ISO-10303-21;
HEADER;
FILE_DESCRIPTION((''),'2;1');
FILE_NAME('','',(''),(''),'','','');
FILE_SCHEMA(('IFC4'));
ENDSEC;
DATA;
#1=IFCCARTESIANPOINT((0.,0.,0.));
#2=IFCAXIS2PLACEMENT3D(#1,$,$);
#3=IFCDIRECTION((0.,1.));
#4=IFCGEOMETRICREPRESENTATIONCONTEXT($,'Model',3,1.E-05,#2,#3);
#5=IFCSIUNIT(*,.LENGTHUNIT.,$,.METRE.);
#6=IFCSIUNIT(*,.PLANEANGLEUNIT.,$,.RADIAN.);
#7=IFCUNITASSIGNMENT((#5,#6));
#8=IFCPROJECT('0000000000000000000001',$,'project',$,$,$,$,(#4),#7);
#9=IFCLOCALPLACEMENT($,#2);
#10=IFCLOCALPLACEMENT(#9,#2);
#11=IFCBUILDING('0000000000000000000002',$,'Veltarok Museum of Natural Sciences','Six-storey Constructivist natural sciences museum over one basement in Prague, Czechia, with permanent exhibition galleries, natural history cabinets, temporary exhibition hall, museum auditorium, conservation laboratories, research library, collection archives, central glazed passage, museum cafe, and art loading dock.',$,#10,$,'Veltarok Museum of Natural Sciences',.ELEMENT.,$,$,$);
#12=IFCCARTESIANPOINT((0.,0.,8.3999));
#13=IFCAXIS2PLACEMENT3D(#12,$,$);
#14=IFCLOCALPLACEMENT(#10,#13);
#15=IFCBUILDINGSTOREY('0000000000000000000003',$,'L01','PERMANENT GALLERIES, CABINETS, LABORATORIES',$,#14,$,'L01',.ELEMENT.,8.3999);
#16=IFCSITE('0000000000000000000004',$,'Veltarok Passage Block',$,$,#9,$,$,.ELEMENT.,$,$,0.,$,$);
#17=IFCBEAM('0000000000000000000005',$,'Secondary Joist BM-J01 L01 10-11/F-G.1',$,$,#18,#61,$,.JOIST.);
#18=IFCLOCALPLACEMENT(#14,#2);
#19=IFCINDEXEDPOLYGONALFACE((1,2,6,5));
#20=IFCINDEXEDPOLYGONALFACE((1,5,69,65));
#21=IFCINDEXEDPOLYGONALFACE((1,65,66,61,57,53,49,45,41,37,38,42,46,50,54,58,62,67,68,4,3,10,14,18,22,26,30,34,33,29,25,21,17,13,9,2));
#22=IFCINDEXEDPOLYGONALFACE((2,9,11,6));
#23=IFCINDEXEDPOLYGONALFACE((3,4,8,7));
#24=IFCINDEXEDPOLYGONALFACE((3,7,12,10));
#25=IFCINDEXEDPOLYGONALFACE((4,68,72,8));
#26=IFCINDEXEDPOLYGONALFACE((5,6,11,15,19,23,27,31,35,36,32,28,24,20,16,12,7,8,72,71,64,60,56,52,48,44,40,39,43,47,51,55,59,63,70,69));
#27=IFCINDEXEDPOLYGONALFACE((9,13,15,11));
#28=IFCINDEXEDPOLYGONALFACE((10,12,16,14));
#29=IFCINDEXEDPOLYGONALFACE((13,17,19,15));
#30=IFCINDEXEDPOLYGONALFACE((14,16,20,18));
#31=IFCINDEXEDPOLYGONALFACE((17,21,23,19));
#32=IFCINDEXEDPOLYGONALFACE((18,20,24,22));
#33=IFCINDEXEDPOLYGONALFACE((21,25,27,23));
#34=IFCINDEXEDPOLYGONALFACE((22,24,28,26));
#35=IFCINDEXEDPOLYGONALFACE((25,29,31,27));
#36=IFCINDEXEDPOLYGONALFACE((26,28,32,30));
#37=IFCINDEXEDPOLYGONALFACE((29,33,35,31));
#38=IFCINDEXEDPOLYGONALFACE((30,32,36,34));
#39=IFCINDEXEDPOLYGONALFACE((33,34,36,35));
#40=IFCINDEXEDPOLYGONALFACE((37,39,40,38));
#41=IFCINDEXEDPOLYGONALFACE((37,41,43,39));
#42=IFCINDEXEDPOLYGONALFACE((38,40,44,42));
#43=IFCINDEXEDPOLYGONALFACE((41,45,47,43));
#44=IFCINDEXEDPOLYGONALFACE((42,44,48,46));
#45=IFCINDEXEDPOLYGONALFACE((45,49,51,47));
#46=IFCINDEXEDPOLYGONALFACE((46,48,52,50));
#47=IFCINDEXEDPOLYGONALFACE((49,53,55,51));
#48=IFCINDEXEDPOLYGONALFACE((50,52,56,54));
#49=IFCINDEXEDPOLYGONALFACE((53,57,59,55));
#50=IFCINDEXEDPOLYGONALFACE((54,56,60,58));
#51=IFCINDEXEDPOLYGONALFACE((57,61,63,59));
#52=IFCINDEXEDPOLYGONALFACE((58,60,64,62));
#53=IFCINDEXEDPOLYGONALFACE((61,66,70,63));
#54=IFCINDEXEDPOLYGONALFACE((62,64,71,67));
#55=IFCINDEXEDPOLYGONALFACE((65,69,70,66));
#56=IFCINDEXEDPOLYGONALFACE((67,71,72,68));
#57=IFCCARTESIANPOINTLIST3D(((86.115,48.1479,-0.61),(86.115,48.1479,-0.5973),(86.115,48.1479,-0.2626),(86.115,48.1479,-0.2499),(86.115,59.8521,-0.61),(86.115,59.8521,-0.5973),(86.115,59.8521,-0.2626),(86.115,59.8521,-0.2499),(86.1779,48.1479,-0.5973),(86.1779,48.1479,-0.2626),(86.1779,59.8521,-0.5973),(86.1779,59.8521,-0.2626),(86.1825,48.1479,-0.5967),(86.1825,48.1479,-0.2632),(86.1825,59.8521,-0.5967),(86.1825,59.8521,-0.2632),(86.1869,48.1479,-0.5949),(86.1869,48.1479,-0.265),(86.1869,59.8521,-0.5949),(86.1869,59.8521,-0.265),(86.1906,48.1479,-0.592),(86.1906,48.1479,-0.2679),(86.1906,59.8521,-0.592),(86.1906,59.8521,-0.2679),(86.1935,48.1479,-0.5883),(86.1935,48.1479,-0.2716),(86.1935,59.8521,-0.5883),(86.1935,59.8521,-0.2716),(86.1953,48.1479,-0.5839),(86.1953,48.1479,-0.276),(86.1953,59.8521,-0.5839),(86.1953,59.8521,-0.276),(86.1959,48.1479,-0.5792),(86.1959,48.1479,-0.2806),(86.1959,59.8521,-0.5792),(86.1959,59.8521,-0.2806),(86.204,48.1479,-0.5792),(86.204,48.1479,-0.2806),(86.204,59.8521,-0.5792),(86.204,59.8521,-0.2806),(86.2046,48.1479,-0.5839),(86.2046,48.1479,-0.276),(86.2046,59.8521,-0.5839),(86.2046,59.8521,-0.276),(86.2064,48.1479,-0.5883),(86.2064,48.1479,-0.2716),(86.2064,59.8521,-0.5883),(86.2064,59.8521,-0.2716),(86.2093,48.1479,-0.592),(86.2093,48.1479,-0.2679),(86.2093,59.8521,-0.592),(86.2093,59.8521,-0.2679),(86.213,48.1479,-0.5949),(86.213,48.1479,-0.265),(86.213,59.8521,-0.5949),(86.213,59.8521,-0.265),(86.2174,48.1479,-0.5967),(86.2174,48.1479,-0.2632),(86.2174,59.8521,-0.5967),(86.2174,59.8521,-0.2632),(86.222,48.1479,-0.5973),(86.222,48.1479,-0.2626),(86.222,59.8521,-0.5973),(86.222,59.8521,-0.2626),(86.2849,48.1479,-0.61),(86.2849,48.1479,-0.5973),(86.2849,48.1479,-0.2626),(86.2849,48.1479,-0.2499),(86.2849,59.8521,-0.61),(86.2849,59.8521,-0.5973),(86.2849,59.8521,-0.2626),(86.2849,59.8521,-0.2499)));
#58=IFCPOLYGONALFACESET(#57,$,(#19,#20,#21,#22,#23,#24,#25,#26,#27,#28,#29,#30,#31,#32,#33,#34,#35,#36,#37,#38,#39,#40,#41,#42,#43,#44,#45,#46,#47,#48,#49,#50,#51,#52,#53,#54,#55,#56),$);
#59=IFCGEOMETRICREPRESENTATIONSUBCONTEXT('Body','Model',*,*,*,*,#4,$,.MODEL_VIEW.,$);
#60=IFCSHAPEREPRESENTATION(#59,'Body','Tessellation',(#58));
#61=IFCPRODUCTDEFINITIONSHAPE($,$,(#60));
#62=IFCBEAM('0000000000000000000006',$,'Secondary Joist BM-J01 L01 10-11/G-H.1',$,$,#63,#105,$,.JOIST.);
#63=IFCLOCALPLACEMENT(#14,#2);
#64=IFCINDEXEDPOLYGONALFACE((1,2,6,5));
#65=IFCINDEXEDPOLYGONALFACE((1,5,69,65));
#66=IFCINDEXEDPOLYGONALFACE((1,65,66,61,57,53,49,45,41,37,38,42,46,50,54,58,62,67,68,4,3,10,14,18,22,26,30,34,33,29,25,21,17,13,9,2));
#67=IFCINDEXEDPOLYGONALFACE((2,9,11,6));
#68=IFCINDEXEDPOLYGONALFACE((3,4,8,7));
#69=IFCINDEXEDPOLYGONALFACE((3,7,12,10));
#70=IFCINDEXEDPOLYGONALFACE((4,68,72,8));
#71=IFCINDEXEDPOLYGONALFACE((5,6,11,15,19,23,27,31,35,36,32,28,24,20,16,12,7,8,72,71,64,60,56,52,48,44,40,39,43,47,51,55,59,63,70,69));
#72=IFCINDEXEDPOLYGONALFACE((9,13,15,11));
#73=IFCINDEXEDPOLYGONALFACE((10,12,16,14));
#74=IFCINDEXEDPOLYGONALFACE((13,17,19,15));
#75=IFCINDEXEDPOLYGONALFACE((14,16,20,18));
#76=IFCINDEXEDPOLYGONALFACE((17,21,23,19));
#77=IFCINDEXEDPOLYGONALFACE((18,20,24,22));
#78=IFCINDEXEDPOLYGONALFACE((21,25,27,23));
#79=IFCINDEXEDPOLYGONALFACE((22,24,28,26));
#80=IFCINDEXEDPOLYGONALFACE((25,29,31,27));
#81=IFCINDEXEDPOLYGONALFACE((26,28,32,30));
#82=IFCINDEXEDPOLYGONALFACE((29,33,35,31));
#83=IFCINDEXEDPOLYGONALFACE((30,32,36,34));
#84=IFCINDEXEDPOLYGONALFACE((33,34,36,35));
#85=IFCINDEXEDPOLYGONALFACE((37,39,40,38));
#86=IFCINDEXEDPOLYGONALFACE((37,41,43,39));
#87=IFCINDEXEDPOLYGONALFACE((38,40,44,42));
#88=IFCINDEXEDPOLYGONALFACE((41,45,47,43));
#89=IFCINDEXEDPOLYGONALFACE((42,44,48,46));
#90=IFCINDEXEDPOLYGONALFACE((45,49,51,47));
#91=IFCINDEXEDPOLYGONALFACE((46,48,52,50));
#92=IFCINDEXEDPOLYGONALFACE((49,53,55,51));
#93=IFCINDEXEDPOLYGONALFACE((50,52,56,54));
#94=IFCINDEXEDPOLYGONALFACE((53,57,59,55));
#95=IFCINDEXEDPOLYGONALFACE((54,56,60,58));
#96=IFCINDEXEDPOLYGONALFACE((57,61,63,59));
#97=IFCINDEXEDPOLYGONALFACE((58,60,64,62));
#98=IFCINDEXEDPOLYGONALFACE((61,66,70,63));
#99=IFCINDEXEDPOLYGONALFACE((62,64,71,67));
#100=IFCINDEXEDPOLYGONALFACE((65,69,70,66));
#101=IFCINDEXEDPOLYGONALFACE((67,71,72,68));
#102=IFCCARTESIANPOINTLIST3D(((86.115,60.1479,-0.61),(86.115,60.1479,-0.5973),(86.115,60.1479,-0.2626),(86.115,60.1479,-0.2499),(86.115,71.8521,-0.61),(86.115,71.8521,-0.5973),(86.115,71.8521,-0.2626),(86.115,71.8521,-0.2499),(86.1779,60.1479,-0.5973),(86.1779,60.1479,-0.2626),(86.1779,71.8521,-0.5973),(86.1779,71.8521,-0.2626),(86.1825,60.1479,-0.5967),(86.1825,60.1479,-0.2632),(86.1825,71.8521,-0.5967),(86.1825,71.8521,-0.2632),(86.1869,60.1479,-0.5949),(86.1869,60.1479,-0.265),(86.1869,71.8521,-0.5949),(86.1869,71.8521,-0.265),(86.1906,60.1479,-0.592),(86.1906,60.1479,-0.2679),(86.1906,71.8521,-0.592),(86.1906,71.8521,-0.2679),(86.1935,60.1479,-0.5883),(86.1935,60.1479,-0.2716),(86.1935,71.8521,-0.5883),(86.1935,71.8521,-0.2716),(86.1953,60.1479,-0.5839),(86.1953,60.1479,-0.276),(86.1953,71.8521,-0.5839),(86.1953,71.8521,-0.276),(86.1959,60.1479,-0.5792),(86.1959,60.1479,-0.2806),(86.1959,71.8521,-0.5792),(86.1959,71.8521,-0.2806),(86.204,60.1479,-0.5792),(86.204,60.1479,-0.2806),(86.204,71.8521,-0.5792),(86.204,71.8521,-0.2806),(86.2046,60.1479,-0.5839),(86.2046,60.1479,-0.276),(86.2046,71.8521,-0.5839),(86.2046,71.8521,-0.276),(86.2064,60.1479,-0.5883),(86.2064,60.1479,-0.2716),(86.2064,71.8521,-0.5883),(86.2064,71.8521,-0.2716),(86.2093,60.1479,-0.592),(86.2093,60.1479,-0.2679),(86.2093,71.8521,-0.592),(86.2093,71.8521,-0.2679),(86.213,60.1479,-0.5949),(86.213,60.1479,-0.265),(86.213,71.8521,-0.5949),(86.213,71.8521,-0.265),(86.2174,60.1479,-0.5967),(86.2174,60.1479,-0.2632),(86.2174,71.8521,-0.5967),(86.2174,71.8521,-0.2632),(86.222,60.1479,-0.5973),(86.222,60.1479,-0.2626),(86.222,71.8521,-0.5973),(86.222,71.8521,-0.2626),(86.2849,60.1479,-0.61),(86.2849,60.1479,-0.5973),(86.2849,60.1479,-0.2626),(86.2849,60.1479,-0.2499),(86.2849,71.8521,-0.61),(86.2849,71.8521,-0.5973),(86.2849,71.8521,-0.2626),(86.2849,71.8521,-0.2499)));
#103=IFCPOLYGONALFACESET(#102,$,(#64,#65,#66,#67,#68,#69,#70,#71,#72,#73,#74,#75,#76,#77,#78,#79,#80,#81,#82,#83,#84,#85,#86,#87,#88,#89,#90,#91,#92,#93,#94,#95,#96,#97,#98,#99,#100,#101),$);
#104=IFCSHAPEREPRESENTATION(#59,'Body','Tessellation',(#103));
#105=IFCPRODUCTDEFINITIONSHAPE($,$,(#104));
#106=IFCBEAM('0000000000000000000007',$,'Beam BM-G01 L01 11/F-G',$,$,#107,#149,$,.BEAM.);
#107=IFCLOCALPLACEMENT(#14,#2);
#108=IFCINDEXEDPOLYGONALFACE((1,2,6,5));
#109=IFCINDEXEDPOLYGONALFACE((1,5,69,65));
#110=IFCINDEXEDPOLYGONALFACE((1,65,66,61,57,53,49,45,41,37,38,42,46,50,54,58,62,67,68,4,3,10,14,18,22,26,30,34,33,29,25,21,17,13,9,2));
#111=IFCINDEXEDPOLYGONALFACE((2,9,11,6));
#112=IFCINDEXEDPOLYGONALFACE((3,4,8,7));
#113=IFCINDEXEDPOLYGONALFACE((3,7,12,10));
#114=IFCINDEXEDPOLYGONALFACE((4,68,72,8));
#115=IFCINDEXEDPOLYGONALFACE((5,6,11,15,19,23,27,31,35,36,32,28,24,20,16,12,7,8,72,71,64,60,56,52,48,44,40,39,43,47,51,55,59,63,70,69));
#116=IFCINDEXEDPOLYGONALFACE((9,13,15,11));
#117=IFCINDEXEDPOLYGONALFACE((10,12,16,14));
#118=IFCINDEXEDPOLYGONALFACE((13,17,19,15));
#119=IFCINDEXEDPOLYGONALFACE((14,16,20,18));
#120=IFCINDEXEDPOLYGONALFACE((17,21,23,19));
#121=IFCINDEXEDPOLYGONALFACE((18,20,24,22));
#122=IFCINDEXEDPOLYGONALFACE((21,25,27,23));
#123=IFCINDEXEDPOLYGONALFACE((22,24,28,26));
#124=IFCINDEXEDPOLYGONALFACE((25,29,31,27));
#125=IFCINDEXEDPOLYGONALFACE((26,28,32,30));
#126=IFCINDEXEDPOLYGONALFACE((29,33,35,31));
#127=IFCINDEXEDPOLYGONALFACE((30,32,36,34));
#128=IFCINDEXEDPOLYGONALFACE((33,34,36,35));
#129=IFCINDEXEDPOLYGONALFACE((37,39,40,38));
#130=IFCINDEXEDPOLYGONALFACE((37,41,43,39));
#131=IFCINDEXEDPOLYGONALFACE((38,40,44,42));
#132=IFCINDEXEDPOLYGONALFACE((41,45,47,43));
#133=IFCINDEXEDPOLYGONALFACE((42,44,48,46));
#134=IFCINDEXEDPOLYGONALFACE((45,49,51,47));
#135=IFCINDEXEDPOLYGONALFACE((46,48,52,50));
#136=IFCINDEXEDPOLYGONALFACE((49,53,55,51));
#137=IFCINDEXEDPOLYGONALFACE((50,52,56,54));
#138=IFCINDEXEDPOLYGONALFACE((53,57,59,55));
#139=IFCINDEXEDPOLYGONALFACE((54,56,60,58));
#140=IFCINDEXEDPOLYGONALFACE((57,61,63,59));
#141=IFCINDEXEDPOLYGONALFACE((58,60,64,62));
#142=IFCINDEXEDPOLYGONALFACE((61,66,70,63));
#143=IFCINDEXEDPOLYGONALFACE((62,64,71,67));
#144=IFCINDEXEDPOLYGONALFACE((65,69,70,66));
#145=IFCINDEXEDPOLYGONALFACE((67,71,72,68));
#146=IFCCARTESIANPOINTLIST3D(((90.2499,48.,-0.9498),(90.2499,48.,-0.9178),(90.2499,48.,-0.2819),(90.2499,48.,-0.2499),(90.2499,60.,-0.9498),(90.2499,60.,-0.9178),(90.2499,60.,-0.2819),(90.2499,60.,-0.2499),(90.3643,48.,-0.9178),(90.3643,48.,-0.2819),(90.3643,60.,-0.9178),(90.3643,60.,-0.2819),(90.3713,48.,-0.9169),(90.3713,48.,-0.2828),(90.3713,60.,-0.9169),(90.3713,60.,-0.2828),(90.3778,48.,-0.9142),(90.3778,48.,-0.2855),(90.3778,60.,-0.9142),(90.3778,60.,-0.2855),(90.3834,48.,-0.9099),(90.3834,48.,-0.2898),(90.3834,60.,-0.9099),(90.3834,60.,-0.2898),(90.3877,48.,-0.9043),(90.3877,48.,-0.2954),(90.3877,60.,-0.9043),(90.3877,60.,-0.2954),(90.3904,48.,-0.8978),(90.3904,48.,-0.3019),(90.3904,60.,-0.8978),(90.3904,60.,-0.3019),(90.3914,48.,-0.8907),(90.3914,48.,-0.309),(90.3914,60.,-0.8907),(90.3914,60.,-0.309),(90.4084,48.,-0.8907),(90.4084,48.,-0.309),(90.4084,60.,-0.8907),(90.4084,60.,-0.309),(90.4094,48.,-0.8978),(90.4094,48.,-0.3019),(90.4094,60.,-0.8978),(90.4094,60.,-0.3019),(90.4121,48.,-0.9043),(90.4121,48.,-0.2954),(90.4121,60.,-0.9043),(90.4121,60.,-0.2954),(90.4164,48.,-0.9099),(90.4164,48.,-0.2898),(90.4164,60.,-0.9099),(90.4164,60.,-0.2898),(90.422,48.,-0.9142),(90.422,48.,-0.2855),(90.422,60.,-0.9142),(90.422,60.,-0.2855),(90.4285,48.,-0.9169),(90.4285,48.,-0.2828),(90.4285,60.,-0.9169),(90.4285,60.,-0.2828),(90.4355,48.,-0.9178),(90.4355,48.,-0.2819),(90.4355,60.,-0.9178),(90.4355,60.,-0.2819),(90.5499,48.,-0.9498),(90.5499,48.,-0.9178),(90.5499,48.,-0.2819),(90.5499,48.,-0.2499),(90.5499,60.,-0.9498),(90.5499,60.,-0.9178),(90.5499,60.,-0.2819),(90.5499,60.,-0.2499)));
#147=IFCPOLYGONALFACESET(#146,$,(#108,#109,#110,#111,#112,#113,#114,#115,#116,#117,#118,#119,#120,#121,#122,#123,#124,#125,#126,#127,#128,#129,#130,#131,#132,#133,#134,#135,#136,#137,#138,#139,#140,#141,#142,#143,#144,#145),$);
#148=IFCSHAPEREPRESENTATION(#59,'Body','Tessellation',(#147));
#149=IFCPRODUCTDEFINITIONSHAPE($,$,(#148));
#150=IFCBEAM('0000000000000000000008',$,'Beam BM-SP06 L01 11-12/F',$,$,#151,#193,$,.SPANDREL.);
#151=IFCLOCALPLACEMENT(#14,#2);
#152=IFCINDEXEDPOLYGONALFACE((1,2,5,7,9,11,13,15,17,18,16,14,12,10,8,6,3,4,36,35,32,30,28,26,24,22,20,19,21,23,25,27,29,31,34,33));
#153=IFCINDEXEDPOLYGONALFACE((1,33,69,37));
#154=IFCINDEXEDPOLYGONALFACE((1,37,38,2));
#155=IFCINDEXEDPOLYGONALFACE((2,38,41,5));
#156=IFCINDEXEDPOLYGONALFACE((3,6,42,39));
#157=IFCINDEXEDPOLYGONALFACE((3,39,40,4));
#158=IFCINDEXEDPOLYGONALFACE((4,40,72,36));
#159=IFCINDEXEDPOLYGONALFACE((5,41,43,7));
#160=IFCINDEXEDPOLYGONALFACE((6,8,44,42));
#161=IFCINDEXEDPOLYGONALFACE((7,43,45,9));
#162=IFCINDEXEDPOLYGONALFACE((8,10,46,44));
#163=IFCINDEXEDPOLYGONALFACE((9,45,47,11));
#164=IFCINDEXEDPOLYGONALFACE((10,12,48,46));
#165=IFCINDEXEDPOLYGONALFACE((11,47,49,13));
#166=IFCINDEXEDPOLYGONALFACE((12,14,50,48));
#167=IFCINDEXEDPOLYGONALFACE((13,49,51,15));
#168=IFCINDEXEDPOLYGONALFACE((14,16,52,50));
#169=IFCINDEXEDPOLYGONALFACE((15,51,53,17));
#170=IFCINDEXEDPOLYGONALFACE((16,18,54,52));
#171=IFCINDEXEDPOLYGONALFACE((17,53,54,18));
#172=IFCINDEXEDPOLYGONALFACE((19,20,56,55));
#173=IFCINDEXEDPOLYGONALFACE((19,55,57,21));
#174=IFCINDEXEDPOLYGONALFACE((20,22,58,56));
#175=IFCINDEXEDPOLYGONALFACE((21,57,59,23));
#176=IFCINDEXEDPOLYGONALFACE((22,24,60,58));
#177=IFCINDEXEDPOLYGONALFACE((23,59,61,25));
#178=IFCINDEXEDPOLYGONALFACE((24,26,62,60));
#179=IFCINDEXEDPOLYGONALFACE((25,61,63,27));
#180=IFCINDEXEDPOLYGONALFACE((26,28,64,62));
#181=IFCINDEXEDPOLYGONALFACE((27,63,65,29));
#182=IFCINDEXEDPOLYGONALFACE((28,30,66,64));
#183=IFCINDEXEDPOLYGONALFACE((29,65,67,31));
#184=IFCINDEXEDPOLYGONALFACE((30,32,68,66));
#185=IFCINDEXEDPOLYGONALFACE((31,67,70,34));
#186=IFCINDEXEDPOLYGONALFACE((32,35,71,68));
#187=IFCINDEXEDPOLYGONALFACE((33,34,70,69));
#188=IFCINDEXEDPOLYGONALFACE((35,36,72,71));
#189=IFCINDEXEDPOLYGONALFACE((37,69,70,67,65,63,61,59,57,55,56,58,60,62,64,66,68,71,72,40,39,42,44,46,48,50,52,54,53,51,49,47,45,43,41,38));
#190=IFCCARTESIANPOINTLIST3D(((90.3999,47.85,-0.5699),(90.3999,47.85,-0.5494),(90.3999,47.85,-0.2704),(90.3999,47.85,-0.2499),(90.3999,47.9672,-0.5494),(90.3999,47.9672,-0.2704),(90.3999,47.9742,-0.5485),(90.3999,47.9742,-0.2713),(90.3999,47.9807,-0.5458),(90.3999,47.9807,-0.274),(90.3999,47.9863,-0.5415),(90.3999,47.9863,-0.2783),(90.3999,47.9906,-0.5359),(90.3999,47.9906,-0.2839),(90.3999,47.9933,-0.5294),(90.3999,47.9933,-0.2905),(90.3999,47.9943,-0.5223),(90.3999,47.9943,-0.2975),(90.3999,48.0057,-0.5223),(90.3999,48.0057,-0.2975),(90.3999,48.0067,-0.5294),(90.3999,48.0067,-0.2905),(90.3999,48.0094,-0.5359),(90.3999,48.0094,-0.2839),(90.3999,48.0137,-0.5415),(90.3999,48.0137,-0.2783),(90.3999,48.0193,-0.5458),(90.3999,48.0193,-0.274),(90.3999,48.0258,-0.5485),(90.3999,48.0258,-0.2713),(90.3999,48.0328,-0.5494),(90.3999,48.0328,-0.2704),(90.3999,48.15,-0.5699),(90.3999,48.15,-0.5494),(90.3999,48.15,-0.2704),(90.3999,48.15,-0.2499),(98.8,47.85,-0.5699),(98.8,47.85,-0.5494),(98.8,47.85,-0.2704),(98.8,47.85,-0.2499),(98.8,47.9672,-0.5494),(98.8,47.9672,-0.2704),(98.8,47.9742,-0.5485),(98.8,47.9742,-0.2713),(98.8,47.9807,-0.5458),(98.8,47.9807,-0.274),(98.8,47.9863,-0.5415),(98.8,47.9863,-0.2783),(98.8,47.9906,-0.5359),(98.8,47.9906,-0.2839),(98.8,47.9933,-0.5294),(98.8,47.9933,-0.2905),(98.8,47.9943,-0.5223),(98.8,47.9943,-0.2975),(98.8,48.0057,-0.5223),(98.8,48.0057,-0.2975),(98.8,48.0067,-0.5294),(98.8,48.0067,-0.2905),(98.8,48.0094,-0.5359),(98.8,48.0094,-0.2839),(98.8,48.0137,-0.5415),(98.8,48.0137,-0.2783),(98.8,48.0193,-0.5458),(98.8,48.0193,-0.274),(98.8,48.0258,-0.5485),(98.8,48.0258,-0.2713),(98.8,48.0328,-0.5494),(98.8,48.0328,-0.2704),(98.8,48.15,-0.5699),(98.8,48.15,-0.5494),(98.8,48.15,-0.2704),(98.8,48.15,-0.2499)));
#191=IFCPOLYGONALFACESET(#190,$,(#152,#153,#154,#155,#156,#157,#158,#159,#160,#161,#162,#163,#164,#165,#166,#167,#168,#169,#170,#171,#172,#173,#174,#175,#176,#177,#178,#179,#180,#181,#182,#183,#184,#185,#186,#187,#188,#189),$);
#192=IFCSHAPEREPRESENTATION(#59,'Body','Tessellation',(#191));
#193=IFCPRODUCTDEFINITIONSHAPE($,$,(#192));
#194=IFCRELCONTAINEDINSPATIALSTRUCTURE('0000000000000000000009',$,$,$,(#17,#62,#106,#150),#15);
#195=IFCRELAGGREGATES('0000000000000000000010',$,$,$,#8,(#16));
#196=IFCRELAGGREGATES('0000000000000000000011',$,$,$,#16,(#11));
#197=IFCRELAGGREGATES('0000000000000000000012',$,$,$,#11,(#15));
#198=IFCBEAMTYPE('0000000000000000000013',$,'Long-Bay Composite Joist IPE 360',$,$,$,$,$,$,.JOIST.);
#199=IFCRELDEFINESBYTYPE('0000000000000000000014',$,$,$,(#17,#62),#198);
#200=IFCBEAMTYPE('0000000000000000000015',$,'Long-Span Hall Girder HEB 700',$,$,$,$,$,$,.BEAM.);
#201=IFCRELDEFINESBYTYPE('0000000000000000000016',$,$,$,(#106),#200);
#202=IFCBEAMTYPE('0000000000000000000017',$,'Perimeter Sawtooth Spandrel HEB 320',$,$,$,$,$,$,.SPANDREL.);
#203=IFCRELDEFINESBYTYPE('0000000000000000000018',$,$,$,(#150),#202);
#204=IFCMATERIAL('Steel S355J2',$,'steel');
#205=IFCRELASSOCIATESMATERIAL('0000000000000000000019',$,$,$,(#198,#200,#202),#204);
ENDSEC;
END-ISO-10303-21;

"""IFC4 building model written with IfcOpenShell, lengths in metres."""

from ifc_helpers import new_model, si_unit, direction, frame, origin, origin_2d, place, context, subcontext, project, spatial, i_section, extrude, material, material_profile, profile_set, type_object, element, save


model = new_model("IFC4")

# Units and contexts
model_context = context("Model", 3, precision=1e-05, world=origin(), true_north=direction((0.0, 1.0)))
body_context = subcontext(model_context, "Body", "Model", "MODEL_VIEW")
ifc_project = project(units=[si_unit("LENGTHUNIT", "METRE"), si_unit("PLANEANGLEUNIT", "RADIAN")], contexts=[model_context])

# Site, building, storey
site_placement = place(None, origin())
site = spatial("IfcSite", under=ifc_project, at=site_placement, Name="Veltarok Passage Block", CompositionType="ELEMENT", RefElevation=0.0)
building_placement = place(site_placement, origin())
building = spatial("IfcBuilding", under=site, at=building_placement, Name="Veltarok Museum of Natural Sciences", Description="Six-storey Constructivist natural sciences museum over one basement in Prague, Czechia, with permanent exhibition galleries, natural history cabinets, temporary exhibition hall, museum auditorium, conservation laboratories, research library, collection archives, central glazed passage, museum cafe, and art loading dock.", LongName="Veltarok Museum of Natural Sciences", CompositionType="ELEMENT")
storey_placement = place(building_placement, frame((0.0, 0.0, 8.3999)))
storey = spatial("IfcBuildingStorey", under=building, at=storey_placement, Name="L01", Description="PERMANENT GALLERIES, CABINETS, LABORATORIES", LongName="L01", CompositionType="ELEMENT", Elevation=8.3999)

# Shared definitions
ifc_material_1 = material(Name="Steel S355J2", Category="steel")

# Beams
ifc_material_profile_1 = material_profile(ifc_material_1, i_section(OverallWidth=0.1699, OverallDepth=0.3601, WebThickness=0.0081, FlangeThickness=0.0127, FilletRadius=0.0181, at=origin_2d()), Name="IPE 360")
ifc_profile_set_1 = profile_set([ifc_material_profile_1], Name="Steel S355J2")
beam_type_1 = type_object("IfcBeamType", Name="Long-Bay Composite Joist IPE 360", PredefinedType="JOIST", material=ifc_profile_set_1)
for number, where, z_axis, x_axis, name in (
    (1, (86.2, 48.1479, -0.4299), (0.0, 1.0, 0.0), (-1.0, 0.0, 0.0), "Secondary Joist BM-J01 L01 10-11/F-G.1"),
    (2, (86.2, 60.1479, -0.4299), (0.0, 1.0, 0.0), (-1.0, 0.0, 0.0), "Secondary Joist BM-J01 L01 10-11/G-H.1"),
):
    element("IfcBeam", number, at=place(storey_placement, frame(where, z_axis=z_axis, x_axis=x_axis)), inside=storey, type_object=beam_type_1, Name=name, PredefinedType="JOIST", context=body_context, shape_type="SweptSolid", body=[
        extrude(i_section(OverallWidth=0.1699, OverallDepth=0.3601, WebThickness=0.0081, FlangeThickness=0.0127, FilletRadius=0.0181, at=origin_2d()), origin(), (0.0, 0.0, 1.0), 11.7041),
    ])
ifc_material_profile_2 = material_profile(ifc_material_1, i_section(OverallWidth=0.3, OverallDepth=0.7, WebThickness=0.0171, FlangeThickness=0.032, FilletRadius=0.0271, at=origin_2d()), Name="HEB 700")
ifc_profile_set_2 = profile_set([ifc_material_profile_2], Name="Steel S355J2")
beam_type_2 = type_object("IfcBeamType", Name="Long-Span Hall Girder HEB 700", PredefinedType="BEAM", material=ifc_profile_set_2)
beam_1_placement = place(storey_placement, frame((90.3999, 48.0, -0.5999), z_axis=(0.0, 1.0, 0.0), x_axis=(-1.0, 0.0, 0.0)))
element("IfcBeam", 3, at=beam_1_placement, inside=storey, type_object=beam_type_2, Name="Beam BM-G01 L01 11/F-G", PredefinedType="BEAM", context=body_context, shape_type="SweptSolid", body=[
    extrude(i_section(OverallWidth=0.3, OverallDepth=0.7, WebThickness=0.0171, FlangeThickness=0.032, FilletRadius=0.0271, at=origin_2d()), origin(), (0.0, 0.0, 1.0), 12.0),
])
ifc_material_profile_3 = material_profile(ifc_material_1, i_section(OverallWidth=0.3, OverallDepth=0.3201, WebThickness=0.0115, FlangeThickness=0.0205, FilletRadius=0.0271, at=origin_2d()), Name="HEB 320")
ifc_profile_set_3 = profile_set([ifc_material_profile_3], Name="Steel S355J2")
beam_type_3 = type_object("IfcBeamType", Name="Perimeter Sawtooth Spandrel HEB 320", PredefinedType="SPANDREL", material=ifc_profile_set_3)
for number, where, z_axis, x_axis, name in (
    (4, (90.3999, 48.0, -0.4099), (1.0, 0.0, 0.0), (0.0, 1.0, 0.0), "Beam BM-SP06 L01 11-12/F"),
):
    element("IfcBeam", number, at=place(storey_placement, frame(where, z_axis=z_axis, x_axis=x_axis)), inside=storey, type_object=beam_type_3, Name=name, PredefinedType="SPANDREL", context=body_context, shape_type="SweptSolid", body=[
        extrude(i_section(OverallWidth=0.3, OverallDepth=0.3201, WebThickness=0.0115, FlangeThickness=0.0205, FilletRadius=0.0271, at=origin_2d()), origin(), (0.0, 0.0, 1.0), 8.4001),
    ])

save(model, "model.ifc")
